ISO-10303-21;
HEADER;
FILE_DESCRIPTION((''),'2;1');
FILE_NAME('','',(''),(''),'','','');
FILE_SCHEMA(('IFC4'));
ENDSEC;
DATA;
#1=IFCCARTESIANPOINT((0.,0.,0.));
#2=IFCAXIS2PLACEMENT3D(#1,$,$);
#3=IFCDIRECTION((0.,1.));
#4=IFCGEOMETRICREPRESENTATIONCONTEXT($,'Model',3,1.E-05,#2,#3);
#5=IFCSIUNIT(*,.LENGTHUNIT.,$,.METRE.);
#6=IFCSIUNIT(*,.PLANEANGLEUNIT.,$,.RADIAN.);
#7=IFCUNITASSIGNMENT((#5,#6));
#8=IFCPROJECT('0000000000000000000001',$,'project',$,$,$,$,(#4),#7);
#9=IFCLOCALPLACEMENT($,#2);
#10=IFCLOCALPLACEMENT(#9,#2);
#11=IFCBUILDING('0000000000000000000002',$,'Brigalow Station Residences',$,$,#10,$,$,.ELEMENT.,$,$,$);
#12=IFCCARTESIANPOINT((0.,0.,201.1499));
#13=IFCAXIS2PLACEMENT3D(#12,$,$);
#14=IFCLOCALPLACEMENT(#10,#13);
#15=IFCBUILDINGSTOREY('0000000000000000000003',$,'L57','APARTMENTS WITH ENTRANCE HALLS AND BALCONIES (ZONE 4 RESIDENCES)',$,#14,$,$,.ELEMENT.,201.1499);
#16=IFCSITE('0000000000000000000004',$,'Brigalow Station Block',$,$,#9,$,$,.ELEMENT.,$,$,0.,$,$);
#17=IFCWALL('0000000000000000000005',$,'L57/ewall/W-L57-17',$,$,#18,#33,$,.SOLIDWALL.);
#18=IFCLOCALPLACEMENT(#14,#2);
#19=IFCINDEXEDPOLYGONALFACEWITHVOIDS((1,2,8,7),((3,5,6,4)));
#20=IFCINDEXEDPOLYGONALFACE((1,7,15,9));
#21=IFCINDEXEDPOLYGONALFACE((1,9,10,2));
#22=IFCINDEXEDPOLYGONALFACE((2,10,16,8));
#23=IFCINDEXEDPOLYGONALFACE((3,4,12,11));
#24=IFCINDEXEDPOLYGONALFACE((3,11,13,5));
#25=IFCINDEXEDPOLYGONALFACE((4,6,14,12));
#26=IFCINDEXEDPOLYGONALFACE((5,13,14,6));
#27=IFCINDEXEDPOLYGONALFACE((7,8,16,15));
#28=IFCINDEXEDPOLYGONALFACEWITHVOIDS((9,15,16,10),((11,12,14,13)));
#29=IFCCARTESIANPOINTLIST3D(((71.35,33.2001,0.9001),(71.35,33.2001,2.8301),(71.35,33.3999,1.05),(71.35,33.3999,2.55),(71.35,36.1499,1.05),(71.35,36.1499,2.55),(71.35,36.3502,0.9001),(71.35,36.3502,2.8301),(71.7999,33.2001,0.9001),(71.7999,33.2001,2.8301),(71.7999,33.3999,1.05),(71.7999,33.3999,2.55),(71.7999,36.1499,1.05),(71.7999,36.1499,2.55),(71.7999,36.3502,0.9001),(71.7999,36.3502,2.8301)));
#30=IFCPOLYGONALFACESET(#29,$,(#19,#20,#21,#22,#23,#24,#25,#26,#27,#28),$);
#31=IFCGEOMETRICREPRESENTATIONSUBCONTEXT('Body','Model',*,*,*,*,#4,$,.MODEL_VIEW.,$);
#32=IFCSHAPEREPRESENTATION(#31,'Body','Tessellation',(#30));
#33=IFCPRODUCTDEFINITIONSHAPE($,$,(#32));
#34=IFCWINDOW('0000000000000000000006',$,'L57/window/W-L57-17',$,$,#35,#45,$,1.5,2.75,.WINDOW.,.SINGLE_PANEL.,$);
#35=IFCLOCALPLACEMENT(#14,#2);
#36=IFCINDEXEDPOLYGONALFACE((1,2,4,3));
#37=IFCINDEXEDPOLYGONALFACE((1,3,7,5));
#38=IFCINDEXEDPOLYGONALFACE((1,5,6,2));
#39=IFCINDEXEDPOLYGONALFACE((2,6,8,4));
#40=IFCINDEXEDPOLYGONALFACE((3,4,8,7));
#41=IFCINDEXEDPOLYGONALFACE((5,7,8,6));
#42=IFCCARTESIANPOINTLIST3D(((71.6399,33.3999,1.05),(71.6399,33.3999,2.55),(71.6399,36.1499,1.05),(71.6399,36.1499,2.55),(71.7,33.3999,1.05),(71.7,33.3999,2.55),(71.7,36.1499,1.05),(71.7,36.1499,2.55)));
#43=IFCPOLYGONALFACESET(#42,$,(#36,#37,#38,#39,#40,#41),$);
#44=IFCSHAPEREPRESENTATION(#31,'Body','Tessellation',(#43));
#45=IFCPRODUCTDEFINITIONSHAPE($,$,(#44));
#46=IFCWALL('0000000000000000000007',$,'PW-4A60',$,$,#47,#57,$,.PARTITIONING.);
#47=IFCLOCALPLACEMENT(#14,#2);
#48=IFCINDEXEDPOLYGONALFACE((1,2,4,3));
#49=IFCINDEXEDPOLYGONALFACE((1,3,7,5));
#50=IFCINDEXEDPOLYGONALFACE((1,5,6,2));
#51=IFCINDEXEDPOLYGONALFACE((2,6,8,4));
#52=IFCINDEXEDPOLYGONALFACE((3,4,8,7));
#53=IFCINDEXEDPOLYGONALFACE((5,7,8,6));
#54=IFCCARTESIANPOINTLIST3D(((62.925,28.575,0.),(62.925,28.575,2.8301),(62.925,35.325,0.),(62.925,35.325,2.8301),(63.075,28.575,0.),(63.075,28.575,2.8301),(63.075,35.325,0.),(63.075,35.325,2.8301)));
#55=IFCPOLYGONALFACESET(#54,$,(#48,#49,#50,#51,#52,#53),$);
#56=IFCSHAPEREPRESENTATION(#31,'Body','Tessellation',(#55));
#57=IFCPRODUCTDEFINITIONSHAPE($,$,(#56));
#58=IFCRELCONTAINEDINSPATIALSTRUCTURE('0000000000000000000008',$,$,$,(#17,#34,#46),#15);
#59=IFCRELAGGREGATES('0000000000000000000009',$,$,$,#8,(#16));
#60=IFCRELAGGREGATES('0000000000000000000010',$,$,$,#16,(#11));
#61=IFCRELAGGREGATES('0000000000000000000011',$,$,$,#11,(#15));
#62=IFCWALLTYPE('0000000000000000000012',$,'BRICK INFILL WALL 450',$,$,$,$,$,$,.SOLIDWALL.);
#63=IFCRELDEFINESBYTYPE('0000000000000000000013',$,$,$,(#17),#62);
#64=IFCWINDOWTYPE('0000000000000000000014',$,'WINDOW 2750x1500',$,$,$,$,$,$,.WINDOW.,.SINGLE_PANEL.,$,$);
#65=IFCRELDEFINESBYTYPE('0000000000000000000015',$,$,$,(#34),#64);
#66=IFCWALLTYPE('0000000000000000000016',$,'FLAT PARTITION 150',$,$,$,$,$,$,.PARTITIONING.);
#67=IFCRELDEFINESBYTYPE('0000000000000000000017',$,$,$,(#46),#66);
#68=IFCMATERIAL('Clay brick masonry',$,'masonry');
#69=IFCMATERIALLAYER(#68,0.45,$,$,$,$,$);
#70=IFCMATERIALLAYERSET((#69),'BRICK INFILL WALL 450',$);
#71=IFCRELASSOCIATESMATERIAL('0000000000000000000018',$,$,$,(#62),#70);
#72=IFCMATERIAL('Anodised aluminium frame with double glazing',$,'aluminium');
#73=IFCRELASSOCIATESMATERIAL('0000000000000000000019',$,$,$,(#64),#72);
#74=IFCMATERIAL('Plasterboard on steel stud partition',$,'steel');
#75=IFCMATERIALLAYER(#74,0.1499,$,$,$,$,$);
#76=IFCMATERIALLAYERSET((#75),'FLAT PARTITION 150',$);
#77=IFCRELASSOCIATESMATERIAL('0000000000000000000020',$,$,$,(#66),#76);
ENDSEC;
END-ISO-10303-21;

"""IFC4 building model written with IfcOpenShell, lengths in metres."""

from ifc_helpers import new_model, si_unit, direction, frame, frame_2d, origin, place, context, subcontext, project, spatial, rectangle, extrude, material, layer, layer_set, type_object, element, fill, save


model = new_model("IFC4")

# Units and contexts
model_context = context("Model", 3, precision=1e-05, world=origin(), true_north=direction((0.0, 1.0)))
body_context = subcontext(model_context, "Body", "Model", "MODEL_VIEW")
ifc_project = project(units=[si_unit("LENGTHUNIT", "METRE"), si_unit("PLANEANGLEUNIT", "RADIAN")], contexts=[model_context])

# Site, building, storey
site_placement = place(None, origin())
site = spatial("IfcSite", under=ifc_project, at=site_placement, Name="Brigalow Station Block", CompositionType="ELEMENT", RefElevation=0.0)
building_placement = place(site_placement, origin())
building = spatial("IfcBuilding", under=site, at=building_placement, Name="Brigalow Station Residences", CompositionType="ELEMENT")
storey_placement = place(building_placement, frame((0.0, 0.0, 201.1499)))
storey = spatial("IfcBuildingStorey", under=building, at=storey_placement, Name="L57", Description="APARTMENTS WITH ENTRANCE HALLS AND BALCONIES (ZONE 4 RESIDENCES)", CompositionType="ELEMENT", Elevation=201.1499)

# Shared definitions
ifc_material_1 = material(Name="Clay brick masonry", Category="masonry")
ifc_layer_1 = layer(ifc_material_1, 0.45)
ifc_layer_set_1 = layer_set([ifc_layer_1], Name="BRICK INFILL WALL 450")
wall_type_1 = type_object("IfcWallType", Name="BRICK INFILL WALL 450", PredefinedType="SOLIDWALL", material=ifc_layer_set_1)

# Wall, opening, window
wall_1_placement = place(storey_placement, frame((71.575, 33.2, 0.9001), z_axis=(0.0, 0.0, 1.0), x_axis=(0.0, 1.0, 0.0)))
wall_1 = element("IfcWall", 1, at=wall_1_placement, inside=storey, type_object=wall_type_1, Name="L57/ewall/W-L57-17", PredefinedType="SOLIDWALL", context=body_context, shape_type="SweptSolid", body=[
    extrude(rectangle(XDim=3.1501, YDim=0.45, at=frame_2d((1.5752, 0.0))), origin(), (0.0, 0.0, 1.0), 1.9299),
])
opening_1_placement = place(wall_1_placement, frame((0.2, 0.0, 0.1499)))
opening_1 = element("IfcOpeningElement", 2, at=opening_1_placement, cuts=wall_1, PredefinedType="OPENING", context=body_context, shape_type="SweptSolid", body=[
    extrude(rectangle(XDim=2.75, YDim=1.5, at=frame_2d((1.375, 0.75))), frame((0.0, 0.2349, 0.0), z_axis=(0.0, -1.0, 0.0), x_axis=(1.0, 0.0, 0.0)), (0.0, 0.0, 1.0), 0.47),
])
ifc_material_2 = material(Name="Anodised aluminium frame with double glazing", Category="aluminium")
window_type_1 = type_object("IfcWindowType", Name="WINDOW 2750x1500", PartitioningType="SINGLE_PANEL", PredefinedType="WINDOW", material=ifc_material_2)
window_1_placement = place(opening_1_placement, origin())
window_1 = element("IfcWindow", 3, at=window_1_placement, inside=storey, type_object=window_type_1, Name="L57/window/W-L57-17", OverallHeight=1.5, OverallWidth=2.75, PartitioningType="SINGLE_PANEL", PredefinedType="WINDOW", context=body_context, shape_type="SweptSolid", body=[
    extrude(rectangle(XDim=2.75, YDim=1.5, at=frame_2d((1.375, 0.75))), frame((0.0, -0.0649, 0.0), z_axis=(0.0, -1.0, 0.0), x_axis=(1.0, 0.0, 0.0)), (0.0, 0.0, 1.0), 0.0601),
])
fill(opening_1, window_1)

# Wall
ifc_material_3 = material(Name="Plasterboard on steel stud partition", Category="steel")
ifc_layer_2 = layer(ifc_material_3, 0.1499)
ifc_layer_set_2 = layer_set([ifc_layer_2], Name="FLAT PARTITION 150")
wall_type_2 = type_object("IfcWallType", Name="FLAT PARTITION 150", PredefinedType="PARTITIONING", material=ifc_layer_set_2)
wall_2_placement = place(storey_placement, frame((63.0, 28.575, 0.0), z_axis=(0.0, 0.0, 1.0), x_axis=(0.0, 1.0, 0.0)))
element("IfcWall", 4, at=wall_2_placement, inside=storey, type_object=wall_type_2, Name="PW-4A60", PredefinedType="PARTITIONING", context=body_context, shape_type="SweptSolid", body=[
    extrude(rectangle(XDim=6.75, YDim=0.1499, at=frame_2d((3.375, 0.0))), origin(), (0.0, 0.0, 1.0), 2.8301),
])

save(model, "model.ifc")
